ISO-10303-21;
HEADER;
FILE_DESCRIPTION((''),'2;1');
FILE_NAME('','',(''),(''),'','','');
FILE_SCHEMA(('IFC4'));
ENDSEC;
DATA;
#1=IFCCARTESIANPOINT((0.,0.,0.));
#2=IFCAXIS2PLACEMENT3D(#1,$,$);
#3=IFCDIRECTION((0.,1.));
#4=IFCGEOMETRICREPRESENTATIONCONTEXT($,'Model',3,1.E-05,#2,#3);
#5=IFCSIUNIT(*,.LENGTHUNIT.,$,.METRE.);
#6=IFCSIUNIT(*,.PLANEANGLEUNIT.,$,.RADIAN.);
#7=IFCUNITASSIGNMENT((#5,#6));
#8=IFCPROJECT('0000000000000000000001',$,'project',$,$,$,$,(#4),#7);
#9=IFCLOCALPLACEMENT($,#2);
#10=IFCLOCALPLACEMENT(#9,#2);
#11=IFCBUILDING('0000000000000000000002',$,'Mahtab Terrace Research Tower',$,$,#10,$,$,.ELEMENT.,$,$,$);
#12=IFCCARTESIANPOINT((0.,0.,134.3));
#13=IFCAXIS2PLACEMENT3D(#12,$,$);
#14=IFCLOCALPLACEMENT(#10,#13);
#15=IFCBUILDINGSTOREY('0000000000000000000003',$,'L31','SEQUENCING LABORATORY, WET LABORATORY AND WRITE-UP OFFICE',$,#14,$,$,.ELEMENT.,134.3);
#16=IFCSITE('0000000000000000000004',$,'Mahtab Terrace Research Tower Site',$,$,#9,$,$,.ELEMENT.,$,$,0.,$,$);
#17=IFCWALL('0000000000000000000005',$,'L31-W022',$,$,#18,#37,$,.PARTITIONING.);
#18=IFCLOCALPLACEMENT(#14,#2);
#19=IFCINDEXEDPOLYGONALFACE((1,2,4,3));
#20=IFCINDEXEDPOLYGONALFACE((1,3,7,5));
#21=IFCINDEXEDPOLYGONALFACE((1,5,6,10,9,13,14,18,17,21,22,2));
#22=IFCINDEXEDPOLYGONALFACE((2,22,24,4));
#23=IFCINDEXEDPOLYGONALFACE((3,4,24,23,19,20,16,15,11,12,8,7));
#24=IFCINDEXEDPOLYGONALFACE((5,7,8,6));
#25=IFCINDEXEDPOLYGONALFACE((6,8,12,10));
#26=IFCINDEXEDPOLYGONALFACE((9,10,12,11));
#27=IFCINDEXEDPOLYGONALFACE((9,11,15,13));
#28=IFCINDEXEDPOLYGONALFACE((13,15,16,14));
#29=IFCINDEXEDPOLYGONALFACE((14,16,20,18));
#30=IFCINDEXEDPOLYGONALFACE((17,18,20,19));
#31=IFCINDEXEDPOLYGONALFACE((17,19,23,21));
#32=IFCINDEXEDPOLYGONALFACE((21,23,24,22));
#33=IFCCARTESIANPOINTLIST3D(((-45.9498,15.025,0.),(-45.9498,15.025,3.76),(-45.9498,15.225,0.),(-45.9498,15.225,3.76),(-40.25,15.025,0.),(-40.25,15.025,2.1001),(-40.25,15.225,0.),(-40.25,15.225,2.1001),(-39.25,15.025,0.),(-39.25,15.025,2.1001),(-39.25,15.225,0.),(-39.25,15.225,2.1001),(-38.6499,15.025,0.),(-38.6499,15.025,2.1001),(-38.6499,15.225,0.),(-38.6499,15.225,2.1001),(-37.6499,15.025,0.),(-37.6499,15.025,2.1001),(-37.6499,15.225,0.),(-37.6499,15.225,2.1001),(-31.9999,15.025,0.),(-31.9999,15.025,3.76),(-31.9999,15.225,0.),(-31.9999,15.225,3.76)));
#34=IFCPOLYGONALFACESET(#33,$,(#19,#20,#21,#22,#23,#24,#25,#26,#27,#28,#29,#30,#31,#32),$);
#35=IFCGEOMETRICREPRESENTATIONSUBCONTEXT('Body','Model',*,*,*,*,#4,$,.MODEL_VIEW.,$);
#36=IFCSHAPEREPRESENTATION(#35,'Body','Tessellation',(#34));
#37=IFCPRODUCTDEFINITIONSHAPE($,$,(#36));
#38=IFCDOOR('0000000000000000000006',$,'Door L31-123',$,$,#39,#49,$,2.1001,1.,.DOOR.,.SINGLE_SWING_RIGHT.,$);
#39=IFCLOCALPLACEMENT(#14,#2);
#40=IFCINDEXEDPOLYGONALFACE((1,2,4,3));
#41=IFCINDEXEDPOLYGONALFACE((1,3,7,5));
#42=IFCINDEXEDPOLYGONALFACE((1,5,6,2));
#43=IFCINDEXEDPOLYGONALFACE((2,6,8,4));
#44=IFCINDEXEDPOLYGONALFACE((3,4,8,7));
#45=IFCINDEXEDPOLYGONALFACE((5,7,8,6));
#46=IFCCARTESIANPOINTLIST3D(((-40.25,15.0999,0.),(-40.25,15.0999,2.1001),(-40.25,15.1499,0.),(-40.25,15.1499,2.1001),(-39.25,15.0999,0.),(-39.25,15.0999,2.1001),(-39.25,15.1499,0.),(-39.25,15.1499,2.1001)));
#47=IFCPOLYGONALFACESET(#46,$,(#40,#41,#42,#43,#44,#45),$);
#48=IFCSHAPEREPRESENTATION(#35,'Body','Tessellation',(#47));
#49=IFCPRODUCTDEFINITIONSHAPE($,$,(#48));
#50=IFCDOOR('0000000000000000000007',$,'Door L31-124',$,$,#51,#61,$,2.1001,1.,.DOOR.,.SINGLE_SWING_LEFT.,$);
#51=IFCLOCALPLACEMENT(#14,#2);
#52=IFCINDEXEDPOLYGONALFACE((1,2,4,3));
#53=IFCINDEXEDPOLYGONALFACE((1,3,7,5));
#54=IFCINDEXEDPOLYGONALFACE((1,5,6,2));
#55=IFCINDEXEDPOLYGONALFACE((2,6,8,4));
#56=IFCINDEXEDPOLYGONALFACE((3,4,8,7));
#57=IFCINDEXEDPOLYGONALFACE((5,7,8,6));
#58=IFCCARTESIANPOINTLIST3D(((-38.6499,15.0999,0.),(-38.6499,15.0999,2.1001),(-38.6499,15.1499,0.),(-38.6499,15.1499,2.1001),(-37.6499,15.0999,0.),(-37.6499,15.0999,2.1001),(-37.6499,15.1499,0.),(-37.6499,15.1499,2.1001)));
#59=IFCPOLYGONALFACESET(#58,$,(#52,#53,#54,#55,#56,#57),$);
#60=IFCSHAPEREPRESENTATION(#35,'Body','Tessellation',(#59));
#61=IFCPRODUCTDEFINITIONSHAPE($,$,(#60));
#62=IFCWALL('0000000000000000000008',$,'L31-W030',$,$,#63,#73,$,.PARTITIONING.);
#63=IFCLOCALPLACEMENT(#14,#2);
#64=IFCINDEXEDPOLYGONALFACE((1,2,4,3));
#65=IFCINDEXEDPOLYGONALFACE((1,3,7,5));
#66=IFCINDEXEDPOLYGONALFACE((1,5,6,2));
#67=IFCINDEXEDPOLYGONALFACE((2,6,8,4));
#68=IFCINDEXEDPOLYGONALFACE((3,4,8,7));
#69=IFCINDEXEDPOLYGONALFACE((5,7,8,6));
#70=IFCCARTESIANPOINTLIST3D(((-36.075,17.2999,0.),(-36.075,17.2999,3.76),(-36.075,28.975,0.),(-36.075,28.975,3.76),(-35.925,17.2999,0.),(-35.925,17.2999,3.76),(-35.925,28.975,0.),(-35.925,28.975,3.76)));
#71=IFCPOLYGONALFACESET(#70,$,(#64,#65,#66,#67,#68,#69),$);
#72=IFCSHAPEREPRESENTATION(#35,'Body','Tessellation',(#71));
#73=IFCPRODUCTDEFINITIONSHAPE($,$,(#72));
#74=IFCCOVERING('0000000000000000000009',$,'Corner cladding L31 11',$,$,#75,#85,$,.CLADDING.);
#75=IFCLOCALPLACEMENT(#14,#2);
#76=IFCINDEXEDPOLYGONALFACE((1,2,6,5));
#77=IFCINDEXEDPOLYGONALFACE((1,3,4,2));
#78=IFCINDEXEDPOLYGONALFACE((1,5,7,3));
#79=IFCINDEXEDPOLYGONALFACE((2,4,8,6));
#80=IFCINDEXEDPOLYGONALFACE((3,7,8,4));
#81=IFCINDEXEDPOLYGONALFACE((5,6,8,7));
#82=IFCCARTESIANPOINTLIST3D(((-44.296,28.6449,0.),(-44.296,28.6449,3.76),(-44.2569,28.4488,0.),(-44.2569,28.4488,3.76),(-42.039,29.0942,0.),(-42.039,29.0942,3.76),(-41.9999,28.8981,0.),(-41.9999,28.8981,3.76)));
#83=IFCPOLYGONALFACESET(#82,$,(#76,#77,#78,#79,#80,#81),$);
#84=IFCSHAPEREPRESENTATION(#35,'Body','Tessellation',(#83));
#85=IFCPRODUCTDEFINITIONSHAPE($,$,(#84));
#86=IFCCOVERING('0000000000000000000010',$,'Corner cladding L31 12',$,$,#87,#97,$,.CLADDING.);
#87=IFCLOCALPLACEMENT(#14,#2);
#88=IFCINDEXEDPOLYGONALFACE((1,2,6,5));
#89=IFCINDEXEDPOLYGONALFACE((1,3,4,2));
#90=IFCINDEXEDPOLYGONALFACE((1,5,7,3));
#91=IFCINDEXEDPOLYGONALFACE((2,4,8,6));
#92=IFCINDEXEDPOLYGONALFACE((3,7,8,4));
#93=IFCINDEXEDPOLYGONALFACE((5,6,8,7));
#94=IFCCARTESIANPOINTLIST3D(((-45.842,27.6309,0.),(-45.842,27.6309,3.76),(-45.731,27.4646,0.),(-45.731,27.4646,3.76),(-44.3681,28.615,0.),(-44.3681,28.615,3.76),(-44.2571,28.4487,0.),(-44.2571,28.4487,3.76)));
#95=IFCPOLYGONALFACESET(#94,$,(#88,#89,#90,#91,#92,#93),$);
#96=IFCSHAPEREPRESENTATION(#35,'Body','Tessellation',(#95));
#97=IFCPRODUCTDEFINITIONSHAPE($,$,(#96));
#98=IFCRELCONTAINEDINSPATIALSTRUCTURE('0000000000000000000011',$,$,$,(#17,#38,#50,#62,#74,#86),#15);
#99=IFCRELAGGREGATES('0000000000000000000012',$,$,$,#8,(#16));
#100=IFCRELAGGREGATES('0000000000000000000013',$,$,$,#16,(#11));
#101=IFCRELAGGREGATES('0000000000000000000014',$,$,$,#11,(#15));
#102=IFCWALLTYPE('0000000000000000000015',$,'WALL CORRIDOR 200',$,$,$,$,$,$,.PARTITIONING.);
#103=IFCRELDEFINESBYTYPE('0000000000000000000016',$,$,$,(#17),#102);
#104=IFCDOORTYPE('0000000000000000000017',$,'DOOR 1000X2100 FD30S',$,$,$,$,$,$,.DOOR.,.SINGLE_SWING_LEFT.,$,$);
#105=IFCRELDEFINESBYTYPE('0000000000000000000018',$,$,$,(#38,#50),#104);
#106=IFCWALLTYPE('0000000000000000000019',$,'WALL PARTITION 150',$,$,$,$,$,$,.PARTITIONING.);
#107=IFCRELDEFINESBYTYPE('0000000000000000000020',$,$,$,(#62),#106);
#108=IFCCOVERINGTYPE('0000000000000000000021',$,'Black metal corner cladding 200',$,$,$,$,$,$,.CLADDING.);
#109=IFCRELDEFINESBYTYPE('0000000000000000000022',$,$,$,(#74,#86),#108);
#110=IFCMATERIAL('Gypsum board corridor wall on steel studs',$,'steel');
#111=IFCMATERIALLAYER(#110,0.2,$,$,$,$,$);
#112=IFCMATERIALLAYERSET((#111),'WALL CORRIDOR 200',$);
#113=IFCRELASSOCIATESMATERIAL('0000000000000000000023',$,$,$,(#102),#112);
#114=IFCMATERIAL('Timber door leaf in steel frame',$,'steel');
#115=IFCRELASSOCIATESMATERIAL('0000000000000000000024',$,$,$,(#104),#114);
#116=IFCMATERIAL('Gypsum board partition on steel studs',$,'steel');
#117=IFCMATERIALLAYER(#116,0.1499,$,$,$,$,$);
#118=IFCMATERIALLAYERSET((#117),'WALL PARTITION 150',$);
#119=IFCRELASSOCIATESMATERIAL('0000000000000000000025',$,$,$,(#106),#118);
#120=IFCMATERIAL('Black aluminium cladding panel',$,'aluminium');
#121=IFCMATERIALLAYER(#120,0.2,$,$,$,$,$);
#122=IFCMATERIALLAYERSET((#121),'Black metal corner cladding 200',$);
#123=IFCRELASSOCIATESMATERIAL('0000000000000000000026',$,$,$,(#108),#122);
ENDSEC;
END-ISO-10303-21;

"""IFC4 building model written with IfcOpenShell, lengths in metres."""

from ifc_helpers import new_model, si_unit, direction, frame, frame_2d, origin, origin_2d, place, context, subcontext, project, spatial, rectangle, extrude, material, layer, layer_set, type_object, element, fill, save


model = new_model("IFC4")

# Units and contexts
model_context = context("Model", 3, precision=1e-05, world=origin(), true_north=direction((0.0, 1.0)))
body_context = subcontext(model_context, "Body", "Model", "MODEL_VIEW")
ifc_project = project(units=[si_unit("LENGTHUNIT", "METRE"), si_unit("PLANEANGLEUNIT", "RADIAN")], contexts=[model_context])

# Site, building, storey
site_placement = place(None, origin())
site = spatial("IfcSite", under=ifc_project, at=site_placement, Name="Mahtab Terrace Research Tower Site", CompositionType="ELEMENT", RefElevation=0.0)
building_placement = place(site_placement, origin())
building = spatial("IfcBuilding", under=site, at=building_placement, Name="Mahtab Terrace Research Tower", CompositionType="ELEMENT")
storey_placement = place(building_placement, frame((0.0, 0.0, 134.3)))
storey = spatial("IfcBuildingStorey", under=building, at=storey_placement, Name="L31", Description="SEQUENCING LABORATORY, WET LABORATORY AND WRITE-UP OFFICE", CompositionType="ELEMENT", Elevation=134.3)

# Wall, openings, doors
ifc_material_1 = material(Name="Gypsum board corridor wall on steel studs", Category="steel")
ifc_layer_1 = layer(ifc_material_1, 0.2)
ifc_layer_set_1 = layer_set([ifc_layer_1], Name="WALL CORRIDOR 200")
wall_type_1 = type_object("IfcWallType", Name="WALL CORRIDOR 200", PredefinedType="PARTITIONING", material=ifc_layer_set_1)
wall_1_placement = place(storey_placement, frame((-45.95, 15.125, 0.0), z_axis=(0.0, 0.0, 1.0), x_axis=(1.0, 0.0, 0.0)))
wall_1 = element("IfcWall", 1, at=wall_1_placement, inside=storey, type_object=wall_type_1, Name="L31-W022", PredefinedType="PARTITIONING", context=body_context, shape_type="SweptSolid", body=[
    extrude(rectangle(XDim=13.95, YDim=0.2, at=frame_2d((6.9751, 0.0))), origin(), (0.0, 0.0, 1.0), 3.76),
])
opening_1_placement = place(wall_1_placement, frame((5.7, 0.0, 0.0)))
opening_1 = element("IfcOpeningElement", 2, at=opening_1_placement, cuts=wall_1, PredefinedType="OPENING", context=body_context, shape_type="SweptSolid", body=[
    extrude(rectangle(XDim=1.0, YDim=2.1001, at=frame_2d((0.5, 1.05))), frame((0.0, 0.1099, 0.0), z_axis=(0.0, -1.0, 0.0), x_axis=(1.0, 0.0, 0.0)), (0.0, 0.0, 1.0), 0.22),
])
opening_2_placement = place(wall_1_placement, frame((7.3, 0.0, 0.0)))
opening_2 = element("IfcOpeningElement", 3, at=opening_2_placement, cuts=wall_1, PredefinedType="OPENING", context=body_context, shape_type="SweptSolid", body=[
    extrude(rectangle(XDim=1.0, YDim=2.1001, at=frame_2d((0.5, 1.05))), frame((0.0, 0.1099, 0.0), z_axis=(0.0, -1.0, 0.0), x_axis=(1.0, 0.0, 0.0)), (0.0, 0.0, 1.0), 0.22),
])
ifc_material_2 = material(Name="Timber door leaf in steel frame", Category="steel")
door_type = type_object("IfcDoorType", Name="DOOR 1000X2100 FD30S", OperationType="SINGLE_SWING_LEFT", PredefinedType="DOOR", material=ifc_material_2)
door_1_placement = place(opening_1_placement, origin())
door_1 = element("IfcDoor", 4, at=door_1_placement, inside=storey, type_object=door_type, Name="Door L31-123", OperationType="SINGLE_SWING_RIGHT", OverallHeight=2.1001, OverallWidth=1.0, PredefinedType="DOOR", context=body_context, shape_type="SweptSolid", body=[
    extrude(rectangle(XDim=1.0, YDim=2.1001, at=frame_2d((0.5, 1.05))), frame((0.0, 0.0249, 0.0), z_axis=(0.0, -1.0, 0.0), x_axis=(1.0, 0.0, 0.0)), (0.0, 0.0, 1.0), 0.05),
])
fill(opening_1, door_1)
door_2_placement = place(opening_2_placement, origin())
door_2 = element("IfcDoor", 5, at=door_2_placement, inside=storey, type_object=door_type, Name="Door L31-124", OperationType="SINGLE_SWING_LEFT", OverallHeight=2.1001, OverallWidth=1.0, PredefinedType="DOOR", context=body_context, shape_type="SweptSolid", body=[
    extrude(rectangle(XDim=1.0, YDim=2.1001, at=frame_2d((0.5, 1.05))), frame((0.0, 0.0249, 0.0), z_axis=(0.0, -1.0, 0.0), x_axis=(1.0, 0.0, 0.0)), (0.0, 0.0, 1.0), 0.05),
])
fill(opening_2, door_2)

# Wall
ifc_material_3 = material(Name="Gypsum board partition on steel studs", Category="steel")
ifc_layer_2 = layer(ifc_material_3, 0.1499)
ifc_layer_set_2 = layer_set([ifc_layer_2], Name="WALL PARTITION 150")
wall_type_2 = type_object("IfcWallType", Name="WALL PARTITION 150", PredefinedType="PARTITIONING", material=ifc_layer_set_2)
wall_2_placement = place(storey_placement, frame((-36.0, 17.3, 0.0), z_axis=(0.0, 0.0, 1.0), x_axis=(0.0, 1.0, 0.0)))
element("IfcWall", 6, at=wall_2_placement, inside=storey, type_object=wall_type_2, Name="L31-W030", PredefinedType="PARTITIONING", context=body_context, shape_type="SweptSolid", body=[
    extrude(rectangle(XDim=11.675, YDim=0.1499, at=frame_2d((5.8374, 0.0))), origin(), (0.0, 0.0, 1.0), 3.76),
])

# Coverings
ifc_material_4 = material(Name="Black aluminium cladding panel", Category="aluminium")
ifc_layer_3 = layer(ifc_material_4, 0.2)
ifc_layer_set_3 = layer_set([ifc_layer_3], Name="Black metal corner cladding 200")
covering_type = type_object("IfcCoveringType", Name="Black metal corner cladding 200", PredefinedType="CLADDING", material=ifc_layer_set_3)
covering_1_placement = place(storey_placement, frame((-43.1479, 28.7715, 0.0), z_axis=(0.0, 0.0, 1.0), x_axis=(-0.980761, -0.195212, 0.0)))
element("IfcCovering", 7, at=covering_1_placement, inside=storey, type_object=covering_type, Name="Corner cladding L31 11", PredefinedType="CLADDING", context=body_context, shape_type="SweptSolid", body=[
    extrude(rectangle(XDim=2.3013, YDim=0.2, at=origin_2d()), origin(), (0.0, 0.0, 1.0), 3.76),
])
covering_2_placement = place(storey_placement, frame((-45.0496, 28.0398, 0.0), z_axis=(0.0, 0.0, 1.0), x_axis=(-0.831656, -0.555291, 0.0)))
element("IfcCovering", 8, at=covering_2_placement, inside=storey, type_object=covering_type, Name="Corner cladding L31 12", PredefinedType="CLADDING", context=body_context, shape_type="SweptSolid", body=[
    extrude(rectangle(XDim=1.7722, YDim=0.2, at=origin_2d()), origin(), (0.0, 0.0, 1.0), 3.76),
])

save(model, "model.ifc")
